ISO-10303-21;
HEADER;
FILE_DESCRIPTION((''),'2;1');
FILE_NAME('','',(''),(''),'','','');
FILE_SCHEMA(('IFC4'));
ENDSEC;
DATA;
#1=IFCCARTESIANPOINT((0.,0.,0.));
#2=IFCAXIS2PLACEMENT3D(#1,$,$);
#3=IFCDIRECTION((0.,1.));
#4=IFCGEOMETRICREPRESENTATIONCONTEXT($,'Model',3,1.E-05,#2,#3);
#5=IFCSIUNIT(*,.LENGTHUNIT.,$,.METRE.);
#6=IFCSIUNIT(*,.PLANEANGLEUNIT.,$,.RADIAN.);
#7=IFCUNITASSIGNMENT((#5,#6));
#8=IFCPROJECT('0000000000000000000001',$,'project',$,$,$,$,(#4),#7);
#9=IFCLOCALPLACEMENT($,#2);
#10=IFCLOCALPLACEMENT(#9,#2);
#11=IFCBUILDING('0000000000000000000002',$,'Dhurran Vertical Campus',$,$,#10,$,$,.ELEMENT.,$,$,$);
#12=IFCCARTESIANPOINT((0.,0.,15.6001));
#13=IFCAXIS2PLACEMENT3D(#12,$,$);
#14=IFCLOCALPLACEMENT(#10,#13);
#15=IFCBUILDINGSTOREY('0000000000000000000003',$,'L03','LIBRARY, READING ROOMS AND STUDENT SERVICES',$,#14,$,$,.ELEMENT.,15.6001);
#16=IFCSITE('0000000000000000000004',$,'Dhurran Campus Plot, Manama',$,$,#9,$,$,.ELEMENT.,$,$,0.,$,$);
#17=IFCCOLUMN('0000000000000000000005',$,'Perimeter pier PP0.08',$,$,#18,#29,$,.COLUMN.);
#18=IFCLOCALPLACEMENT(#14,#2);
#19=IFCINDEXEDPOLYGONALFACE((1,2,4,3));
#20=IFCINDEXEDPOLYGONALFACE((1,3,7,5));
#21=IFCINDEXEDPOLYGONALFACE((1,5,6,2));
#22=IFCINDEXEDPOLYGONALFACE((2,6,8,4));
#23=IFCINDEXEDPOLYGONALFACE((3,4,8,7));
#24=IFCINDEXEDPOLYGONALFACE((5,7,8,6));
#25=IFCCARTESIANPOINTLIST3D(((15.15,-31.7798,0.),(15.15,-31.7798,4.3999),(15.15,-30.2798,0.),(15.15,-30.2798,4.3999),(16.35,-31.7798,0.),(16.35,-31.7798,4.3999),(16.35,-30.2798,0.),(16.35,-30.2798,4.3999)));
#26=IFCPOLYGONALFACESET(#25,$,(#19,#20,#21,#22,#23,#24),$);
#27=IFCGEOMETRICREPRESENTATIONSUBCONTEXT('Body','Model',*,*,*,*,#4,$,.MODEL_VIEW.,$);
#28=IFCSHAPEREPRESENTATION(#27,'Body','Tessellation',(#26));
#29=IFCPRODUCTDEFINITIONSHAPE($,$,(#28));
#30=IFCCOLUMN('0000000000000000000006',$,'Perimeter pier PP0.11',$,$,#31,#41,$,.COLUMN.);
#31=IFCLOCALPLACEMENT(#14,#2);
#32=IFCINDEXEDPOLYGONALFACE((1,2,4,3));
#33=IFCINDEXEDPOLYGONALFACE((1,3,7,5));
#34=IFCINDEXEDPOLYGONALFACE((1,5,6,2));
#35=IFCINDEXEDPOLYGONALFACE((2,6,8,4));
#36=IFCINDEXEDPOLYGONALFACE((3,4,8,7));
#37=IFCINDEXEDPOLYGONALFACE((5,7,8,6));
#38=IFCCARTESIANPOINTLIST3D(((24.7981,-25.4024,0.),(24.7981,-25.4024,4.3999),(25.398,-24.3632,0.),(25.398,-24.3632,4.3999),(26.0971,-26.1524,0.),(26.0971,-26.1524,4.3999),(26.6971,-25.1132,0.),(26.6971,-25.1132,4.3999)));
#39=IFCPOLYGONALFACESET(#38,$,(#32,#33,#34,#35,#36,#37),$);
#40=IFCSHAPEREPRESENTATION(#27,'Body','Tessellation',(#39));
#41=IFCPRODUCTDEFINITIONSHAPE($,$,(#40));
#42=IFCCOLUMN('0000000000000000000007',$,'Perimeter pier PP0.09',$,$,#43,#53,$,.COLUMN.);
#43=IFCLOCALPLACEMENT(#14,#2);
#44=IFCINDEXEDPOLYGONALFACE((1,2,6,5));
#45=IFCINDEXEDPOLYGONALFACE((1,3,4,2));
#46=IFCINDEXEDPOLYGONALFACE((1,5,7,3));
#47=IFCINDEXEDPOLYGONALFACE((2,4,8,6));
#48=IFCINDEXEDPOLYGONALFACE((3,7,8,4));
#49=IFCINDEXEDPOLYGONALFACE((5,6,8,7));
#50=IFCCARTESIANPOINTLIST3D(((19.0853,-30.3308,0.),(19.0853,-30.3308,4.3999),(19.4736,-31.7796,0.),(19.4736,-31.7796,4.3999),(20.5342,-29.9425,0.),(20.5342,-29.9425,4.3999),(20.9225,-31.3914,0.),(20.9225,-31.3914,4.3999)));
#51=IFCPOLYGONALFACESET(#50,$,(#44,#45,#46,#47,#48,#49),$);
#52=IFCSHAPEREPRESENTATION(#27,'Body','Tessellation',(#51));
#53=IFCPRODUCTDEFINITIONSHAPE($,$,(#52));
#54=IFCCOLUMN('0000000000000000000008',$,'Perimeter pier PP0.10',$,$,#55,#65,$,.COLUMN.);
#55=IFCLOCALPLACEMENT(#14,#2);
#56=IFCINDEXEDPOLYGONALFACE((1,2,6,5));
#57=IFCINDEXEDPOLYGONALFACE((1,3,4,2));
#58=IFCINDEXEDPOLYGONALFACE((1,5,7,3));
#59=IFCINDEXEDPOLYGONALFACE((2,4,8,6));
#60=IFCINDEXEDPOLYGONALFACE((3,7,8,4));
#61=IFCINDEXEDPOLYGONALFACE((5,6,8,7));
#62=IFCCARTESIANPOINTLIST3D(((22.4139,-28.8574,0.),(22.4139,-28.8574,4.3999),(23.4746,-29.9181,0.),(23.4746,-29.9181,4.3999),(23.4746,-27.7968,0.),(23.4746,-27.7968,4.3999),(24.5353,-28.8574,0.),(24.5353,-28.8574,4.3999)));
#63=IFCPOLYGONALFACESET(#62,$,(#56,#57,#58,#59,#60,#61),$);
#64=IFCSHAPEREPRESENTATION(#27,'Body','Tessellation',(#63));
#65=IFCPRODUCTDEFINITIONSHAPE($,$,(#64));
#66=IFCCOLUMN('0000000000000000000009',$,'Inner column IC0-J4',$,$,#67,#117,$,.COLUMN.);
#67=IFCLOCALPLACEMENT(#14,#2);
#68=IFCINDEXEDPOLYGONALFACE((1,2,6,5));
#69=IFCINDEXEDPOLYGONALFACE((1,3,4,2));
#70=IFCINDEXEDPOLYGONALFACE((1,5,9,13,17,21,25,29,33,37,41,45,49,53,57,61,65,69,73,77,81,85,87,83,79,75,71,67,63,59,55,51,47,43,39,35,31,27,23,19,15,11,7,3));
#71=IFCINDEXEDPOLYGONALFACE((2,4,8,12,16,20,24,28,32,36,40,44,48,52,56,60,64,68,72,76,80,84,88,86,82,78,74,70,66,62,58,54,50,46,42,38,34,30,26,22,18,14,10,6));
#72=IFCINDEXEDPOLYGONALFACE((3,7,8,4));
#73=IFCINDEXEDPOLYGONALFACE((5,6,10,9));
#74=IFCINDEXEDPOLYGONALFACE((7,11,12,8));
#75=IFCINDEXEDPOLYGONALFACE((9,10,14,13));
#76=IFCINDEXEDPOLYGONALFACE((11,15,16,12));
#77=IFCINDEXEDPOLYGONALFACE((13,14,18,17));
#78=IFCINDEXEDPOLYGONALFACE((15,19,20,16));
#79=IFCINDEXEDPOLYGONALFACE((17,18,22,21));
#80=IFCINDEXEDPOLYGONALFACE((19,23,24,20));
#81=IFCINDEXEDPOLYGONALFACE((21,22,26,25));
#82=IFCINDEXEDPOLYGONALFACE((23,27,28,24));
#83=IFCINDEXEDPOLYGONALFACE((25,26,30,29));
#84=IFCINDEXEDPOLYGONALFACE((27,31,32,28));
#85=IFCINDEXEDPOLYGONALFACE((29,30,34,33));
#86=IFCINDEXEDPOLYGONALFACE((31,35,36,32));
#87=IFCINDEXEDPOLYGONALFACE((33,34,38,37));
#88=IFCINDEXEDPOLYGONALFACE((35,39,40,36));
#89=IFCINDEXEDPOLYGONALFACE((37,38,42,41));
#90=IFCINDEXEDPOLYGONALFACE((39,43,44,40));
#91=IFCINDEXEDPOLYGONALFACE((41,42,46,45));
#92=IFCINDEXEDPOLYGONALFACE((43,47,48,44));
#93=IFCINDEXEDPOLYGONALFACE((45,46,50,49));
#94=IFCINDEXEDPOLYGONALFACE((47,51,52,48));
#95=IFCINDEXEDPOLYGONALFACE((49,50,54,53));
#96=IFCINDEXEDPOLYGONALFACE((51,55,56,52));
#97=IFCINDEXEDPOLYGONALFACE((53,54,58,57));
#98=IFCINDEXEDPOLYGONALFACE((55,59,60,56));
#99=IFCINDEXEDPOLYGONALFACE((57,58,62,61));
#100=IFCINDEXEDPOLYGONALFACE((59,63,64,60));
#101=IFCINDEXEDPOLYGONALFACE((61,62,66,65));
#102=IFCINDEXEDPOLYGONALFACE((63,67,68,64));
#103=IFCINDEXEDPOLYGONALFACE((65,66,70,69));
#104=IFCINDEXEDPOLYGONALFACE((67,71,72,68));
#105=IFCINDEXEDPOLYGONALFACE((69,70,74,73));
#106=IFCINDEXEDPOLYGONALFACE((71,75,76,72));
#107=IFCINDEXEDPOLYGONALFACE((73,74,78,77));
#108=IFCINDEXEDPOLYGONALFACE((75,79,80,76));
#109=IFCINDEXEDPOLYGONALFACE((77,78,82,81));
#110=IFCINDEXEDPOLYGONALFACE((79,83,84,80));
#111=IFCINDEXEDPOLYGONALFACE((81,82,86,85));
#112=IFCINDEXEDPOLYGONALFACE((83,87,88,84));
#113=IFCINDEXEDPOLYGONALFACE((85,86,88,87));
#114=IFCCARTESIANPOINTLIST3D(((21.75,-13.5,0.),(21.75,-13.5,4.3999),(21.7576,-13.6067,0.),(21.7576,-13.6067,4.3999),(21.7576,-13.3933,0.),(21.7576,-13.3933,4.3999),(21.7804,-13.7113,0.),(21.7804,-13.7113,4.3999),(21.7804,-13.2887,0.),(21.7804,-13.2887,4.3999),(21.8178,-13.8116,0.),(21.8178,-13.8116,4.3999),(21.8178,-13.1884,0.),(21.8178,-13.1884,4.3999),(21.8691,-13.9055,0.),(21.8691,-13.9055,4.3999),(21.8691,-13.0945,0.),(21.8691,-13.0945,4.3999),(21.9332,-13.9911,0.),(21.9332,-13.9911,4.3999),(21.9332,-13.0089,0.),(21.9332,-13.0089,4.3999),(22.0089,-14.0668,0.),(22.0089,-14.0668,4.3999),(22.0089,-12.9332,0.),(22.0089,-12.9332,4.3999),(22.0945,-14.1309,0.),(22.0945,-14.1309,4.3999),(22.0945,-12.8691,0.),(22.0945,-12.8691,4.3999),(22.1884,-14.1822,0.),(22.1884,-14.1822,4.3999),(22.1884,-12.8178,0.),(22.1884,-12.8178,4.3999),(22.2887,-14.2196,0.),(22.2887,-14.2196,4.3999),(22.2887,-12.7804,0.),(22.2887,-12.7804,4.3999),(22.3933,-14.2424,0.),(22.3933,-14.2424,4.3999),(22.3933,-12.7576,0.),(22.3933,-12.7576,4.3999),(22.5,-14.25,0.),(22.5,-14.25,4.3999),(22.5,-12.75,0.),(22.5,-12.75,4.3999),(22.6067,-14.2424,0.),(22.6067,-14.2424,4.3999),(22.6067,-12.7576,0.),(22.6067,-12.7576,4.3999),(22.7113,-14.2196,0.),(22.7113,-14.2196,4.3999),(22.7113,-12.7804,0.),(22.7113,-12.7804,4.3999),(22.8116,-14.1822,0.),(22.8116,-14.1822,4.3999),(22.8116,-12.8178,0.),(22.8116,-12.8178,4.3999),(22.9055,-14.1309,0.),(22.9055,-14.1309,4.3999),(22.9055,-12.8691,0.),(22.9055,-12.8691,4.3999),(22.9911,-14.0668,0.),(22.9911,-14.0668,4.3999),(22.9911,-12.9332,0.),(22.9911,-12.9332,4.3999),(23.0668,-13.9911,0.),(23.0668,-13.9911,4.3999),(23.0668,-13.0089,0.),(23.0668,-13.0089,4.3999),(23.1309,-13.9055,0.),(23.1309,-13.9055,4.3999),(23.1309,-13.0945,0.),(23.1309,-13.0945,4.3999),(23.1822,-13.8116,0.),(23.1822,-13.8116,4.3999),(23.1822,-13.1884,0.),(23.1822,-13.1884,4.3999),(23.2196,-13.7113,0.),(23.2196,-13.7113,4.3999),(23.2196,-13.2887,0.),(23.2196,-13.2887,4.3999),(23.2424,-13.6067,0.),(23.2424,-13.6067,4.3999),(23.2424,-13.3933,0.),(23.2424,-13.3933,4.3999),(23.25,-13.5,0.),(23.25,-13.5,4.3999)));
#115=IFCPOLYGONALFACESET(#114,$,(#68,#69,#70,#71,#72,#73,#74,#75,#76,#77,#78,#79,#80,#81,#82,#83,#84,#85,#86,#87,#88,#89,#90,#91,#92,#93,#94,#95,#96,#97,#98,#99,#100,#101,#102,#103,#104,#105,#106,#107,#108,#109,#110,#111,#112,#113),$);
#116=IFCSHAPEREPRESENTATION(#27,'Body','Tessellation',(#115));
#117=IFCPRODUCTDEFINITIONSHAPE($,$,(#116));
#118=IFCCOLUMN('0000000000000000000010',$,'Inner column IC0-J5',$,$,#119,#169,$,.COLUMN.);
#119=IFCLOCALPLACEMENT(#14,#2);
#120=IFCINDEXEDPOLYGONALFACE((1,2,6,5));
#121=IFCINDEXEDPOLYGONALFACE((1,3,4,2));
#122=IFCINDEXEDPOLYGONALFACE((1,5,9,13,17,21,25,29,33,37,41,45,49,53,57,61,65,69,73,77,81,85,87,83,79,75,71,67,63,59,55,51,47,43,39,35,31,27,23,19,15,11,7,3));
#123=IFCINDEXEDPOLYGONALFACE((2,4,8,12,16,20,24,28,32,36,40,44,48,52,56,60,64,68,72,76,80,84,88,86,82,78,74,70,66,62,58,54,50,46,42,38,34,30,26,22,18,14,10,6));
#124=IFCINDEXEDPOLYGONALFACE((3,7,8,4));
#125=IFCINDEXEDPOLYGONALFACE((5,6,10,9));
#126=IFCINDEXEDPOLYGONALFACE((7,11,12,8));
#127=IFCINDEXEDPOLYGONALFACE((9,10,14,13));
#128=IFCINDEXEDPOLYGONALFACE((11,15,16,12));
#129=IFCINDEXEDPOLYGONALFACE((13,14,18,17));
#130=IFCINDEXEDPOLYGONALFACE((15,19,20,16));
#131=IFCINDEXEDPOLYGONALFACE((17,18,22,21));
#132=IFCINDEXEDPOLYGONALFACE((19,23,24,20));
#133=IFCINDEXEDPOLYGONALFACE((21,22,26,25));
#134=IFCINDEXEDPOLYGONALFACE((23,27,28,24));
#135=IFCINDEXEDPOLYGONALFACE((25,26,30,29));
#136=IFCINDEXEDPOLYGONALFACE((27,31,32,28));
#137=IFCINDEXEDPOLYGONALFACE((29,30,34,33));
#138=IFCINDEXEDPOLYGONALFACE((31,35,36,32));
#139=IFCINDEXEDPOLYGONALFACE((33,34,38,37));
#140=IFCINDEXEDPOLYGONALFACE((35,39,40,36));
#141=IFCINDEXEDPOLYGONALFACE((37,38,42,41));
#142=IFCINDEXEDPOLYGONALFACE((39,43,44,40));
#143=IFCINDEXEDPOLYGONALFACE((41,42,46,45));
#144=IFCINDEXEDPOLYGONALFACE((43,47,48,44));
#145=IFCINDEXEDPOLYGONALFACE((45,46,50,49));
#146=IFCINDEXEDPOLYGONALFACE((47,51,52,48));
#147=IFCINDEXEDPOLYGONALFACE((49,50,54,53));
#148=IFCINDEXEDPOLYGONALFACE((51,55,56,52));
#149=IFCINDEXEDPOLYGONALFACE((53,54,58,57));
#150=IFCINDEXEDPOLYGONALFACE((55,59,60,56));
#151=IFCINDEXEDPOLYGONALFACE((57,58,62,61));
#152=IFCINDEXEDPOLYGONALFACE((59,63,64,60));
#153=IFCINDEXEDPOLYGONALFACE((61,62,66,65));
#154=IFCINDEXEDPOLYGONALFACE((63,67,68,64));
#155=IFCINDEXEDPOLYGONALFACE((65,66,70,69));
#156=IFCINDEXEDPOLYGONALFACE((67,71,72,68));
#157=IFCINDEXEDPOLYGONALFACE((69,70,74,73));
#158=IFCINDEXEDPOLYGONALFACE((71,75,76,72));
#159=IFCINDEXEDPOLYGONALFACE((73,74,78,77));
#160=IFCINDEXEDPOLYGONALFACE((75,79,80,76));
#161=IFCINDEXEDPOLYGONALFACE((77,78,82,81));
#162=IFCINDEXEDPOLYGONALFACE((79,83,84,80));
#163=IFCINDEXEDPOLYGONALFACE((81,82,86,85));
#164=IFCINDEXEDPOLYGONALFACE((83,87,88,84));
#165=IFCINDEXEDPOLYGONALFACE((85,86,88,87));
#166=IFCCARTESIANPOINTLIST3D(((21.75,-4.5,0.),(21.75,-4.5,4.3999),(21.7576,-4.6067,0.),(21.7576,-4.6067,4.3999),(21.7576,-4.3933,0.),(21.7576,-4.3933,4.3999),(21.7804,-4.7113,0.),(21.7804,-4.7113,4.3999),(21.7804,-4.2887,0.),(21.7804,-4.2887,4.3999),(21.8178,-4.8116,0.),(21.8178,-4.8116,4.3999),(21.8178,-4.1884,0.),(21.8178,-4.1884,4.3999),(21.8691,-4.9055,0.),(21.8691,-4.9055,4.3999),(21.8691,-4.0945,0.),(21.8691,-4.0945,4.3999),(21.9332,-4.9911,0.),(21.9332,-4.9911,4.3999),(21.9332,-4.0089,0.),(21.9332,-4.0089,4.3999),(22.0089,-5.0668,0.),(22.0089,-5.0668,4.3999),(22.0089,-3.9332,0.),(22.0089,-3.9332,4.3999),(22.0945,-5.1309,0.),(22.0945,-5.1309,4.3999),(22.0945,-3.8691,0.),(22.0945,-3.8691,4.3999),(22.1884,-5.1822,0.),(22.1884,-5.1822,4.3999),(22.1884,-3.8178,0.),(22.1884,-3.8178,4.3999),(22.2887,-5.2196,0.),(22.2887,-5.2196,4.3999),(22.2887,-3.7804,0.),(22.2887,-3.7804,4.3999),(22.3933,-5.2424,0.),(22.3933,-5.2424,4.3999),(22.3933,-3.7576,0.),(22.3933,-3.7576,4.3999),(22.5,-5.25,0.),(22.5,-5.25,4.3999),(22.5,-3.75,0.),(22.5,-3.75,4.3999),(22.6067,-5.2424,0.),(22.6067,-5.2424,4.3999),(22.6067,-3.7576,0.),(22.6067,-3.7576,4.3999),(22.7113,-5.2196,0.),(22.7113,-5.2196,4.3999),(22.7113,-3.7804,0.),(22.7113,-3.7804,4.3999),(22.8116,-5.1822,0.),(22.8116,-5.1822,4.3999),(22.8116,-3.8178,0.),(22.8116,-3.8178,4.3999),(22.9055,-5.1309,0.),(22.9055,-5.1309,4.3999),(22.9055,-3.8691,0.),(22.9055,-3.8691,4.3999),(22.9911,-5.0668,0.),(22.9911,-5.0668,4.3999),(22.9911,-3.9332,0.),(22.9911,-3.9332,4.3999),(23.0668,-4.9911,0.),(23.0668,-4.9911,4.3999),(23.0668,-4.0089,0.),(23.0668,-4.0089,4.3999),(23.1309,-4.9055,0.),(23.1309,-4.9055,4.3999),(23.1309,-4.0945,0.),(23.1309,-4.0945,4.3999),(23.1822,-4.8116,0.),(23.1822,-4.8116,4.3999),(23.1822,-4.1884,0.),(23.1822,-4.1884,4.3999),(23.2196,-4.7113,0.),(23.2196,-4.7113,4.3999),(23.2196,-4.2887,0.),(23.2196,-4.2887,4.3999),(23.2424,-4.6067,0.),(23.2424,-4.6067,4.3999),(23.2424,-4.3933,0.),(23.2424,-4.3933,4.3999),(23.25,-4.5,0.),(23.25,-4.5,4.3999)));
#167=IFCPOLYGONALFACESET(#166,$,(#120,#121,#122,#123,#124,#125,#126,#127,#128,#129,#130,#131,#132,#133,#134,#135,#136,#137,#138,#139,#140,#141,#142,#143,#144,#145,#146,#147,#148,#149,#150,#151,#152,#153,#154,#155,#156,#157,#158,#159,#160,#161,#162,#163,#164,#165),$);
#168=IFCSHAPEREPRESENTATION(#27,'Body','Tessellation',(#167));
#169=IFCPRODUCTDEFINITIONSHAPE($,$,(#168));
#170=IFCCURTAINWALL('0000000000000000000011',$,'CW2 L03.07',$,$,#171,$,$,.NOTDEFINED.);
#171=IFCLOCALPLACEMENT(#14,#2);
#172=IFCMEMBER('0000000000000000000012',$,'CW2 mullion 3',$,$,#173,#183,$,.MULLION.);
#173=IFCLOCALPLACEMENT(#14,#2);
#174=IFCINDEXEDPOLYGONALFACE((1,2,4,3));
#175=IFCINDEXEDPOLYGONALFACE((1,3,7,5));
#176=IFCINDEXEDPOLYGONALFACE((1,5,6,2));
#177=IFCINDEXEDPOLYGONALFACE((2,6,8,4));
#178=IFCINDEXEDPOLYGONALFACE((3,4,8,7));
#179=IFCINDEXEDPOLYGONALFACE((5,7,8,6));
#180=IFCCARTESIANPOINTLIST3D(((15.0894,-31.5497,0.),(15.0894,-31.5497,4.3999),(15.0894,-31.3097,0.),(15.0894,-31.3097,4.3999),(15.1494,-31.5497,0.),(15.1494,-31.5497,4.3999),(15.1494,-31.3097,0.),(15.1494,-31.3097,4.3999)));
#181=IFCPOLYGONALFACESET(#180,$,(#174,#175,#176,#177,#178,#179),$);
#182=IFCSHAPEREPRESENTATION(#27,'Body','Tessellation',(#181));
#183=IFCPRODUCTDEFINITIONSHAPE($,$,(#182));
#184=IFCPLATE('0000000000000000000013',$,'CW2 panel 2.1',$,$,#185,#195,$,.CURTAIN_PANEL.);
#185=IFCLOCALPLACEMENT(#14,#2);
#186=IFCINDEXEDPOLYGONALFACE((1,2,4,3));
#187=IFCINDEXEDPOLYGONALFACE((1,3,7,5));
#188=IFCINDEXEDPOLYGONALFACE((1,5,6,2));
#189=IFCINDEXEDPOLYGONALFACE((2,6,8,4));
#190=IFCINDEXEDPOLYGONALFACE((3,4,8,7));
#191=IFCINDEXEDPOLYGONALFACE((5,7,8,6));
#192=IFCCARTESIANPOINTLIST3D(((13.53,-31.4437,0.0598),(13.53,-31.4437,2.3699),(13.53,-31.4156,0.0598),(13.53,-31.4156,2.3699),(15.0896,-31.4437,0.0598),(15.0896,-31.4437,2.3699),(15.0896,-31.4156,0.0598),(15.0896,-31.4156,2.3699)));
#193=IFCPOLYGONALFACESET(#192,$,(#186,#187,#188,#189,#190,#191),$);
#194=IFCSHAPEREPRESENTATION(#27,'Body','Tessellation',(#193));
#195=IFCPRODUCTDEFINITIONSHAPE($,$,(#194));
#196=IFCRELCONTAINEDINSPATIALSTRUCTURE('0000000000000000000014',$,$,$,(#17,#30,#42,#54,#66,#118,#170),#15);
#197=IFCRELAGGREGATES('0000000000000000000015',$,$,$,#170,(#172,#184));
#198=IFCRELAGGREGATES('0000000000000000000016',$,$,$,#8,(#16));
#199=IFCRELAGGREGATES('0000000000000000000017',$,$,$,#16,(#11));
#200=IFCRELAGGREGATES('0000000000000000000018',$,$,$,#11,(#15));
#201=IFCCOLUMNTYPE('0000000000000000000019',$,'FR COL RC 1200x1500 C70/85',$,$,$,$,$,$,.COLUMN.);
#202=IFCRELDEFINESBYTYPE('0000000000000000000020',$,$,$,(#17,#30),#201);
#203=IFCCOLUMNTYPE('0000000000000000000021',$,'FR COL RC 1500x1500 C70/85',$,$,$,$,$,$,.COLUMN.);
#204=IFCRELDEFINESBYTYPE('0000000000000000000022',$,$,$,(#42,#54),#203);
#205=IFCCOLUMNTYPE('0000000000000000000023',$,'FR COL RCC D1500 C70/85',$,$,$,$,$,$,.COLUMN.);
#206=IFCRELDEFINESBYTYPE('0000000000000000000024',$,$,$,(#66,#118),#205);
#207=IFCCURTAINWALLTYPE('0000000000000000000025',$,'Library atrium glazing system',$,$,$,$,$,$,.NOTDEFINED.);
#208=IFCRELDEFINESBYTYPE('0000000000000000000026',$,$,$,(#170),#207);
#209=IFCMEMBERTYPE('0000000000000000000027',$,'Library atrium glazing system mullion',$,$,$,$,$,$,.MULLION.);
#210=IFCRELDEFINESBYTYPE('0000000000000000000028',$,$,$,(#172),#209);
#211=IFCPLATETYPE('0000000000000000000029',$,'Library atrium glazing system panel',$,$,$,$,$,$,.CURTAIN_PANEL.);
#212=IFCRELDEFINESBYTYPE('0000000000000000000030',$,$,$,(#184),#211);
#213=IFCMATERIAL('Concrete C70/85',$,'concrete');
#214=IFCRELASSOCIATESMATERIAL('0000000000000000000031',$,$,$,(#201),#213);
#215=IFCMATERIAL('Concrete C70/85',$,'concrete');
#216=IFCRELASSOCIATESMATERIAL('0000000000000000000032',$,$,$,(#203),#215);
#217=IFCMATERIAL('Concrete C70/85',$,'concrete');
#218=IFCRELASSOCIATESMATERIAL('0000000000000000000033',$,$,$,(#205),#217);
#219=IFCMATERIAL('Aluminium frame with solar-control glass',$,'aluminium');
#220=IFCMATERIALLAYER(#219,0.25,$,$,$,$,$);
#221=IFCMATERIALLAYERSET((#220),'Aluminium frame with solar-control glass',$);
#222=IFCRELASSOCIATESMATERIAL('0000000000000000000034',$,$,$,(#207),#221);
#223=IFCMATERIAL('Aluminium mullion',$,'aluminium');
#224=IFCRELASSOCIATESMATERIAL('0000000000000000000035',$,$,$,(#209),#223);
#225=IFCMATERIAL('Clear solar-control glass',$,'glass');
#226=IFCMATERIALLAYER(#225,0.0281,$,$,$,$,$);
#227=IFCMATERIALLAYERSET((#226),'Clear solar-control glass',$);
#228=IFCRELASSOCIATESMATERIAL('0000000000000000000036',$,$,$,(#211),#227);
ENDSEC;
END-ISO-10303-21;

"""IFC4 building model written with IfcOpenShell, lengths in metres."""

from ifc_helpers import new_model, si_unit, direction, frame, origin, origin_2d, place, context, subcontext, project, spatial, rectangle, circle, extrude, material, layer, layer_set, material_profile, profile_set, type_object, element, aggregate, save


model = new_model("IFC4")

# Units and contexts
model_context = context("Model", 3, precision=1e-05, world=origin(), true_north=direction((0.0, 1.0)))
body_context = subcontext(model_context, "Body", "Model", "MODEL_VIEW")
ifc_project = project(units=[si_unit("LENGTHUNIT", "METRE"), si_unit("PLANEANGLEUNIT", "RADIAN")], contexts=[model_context])

# Site, building, storey
site_placement = place(None, origin())
site = spatial("IfcSite", under=ifc_project, at=site_placement, Name="Dhurran Campus Plot, Manama", CompositionType="ELEMENT", RefElevation=0.0)
building_placement = place(site_placement, origin())
building = spatial("IfcBuilding", under=site, at=building_placement, Name="Dhurran Vertical Campus", CompositionType="ELEMENT")
storey_placement = place(building_placement, frame((0.0, 0.0, 15.6001)))
storey = spatial("IfcBuildingStorey", under=building, at=storey_placement, Name="L03", Description="LIBRARY, READING ROOMS AND STUDENT SERVICES", CompositionType="ELEMENT", Elevation=15.6001)

# Columns
ifc_material_1 = material(Name="Concrete C70/85", Category="concrete")
ifc_material_profile_1 = material_profile(ifc_material_1, rectangle(XDim=1.2, YDim=1.5, at=origin_2d()), Name="RC 1200x1500")
ifc_profile_set_1 = profile_set([ifc_material_profile_1], Name="Concrete C70/85")
column_type_1 = type_object("IfcColumnType", Name="FR COL RC 1200x1500 C70/85", PredefinedType="COLUMN", material=ifc_profile_set_1)
for number, where, z_axis, x_axis, name in (
    (1, (15.75, -31.0298, 0.0), (0.0, 0.0, 1.0), (1.0, 0.0, 0.0), "Perimeter pier PP0.08"),
    (2, (25.7476, -25.2578, 0.0), (0.0, 0.0, 1.0), (0.5, 0.866025, 0.0), "Perimeter pier PP0.11"),
):
    element("IfcColumn", number, at=place(storey_placement, frame(where, z_axis=z_axis, x_axis=x_axis)), inside=storey, type_object=column_type_1, Name=name, PredefinedType="COLUMN", context=body_context, shape_type="SweptSolid", body=[
        extrude(rectangle(XDim=1.2, YDim=1.5, at=origin_2d()), origin(), (0.0, 0.0, 1.0), 4.3999),
    ])
ifc_material_2 = material(Name="Concrete C70/85", Category="concrete")
ifc_material_profile_2 = material_profile(ifc_material_2, rectangle(XDim=1.5, YDim=1.5, at=origin_2d()), Name="RC 1500x1500")
ifc_profile_set_2 = profile_set([ifc_material_profile_2], Name="Concrete C70/85")
column_type_2 = type_object("IfcColumnType", Name="FR COL RC 1500x1500 C70/85", PredefinedType="COLUMN", material=ifc_profile_set_2)
for number, where, z_axis, x_axis, name in (
    (3, (20.0039, -30.8611, 0.0), (0.0, 0.0, 1.0), (0.965926, 0.258819, 0.0), "Perimeter pier PP0.09"),
    (4, (23.4746, -28.8574, 0.0), (0.0, 0.0, 1.0), (0.707107, 0.707107, 0.0), "Perimeter pier PP0.10"),
):
    element("IfcColumn", number, at=place(storey_placement, frame(where, z_axis=z_axis, x_axis=x_axis)), inside=storey, type_object=column_type_2, Name=name, PredefinedType="COLUMN", context=body_context, shape_type="SweptSolid", body=[
        extrude(rectangle(XDim=1.5, YDim=1.5, at=origin_2d()), origin(), (0.0, 0.0, 1.0), 4.3999),
    ])
ifc_material_3 = material(Name="Concrete C70/85", Category="concrete")
ifc_material_profile_3 = material_profile(ifc_material_3, circle(Radius=0.75, at=origin_2d()), Name="RCC D1500")
ifc_profile_set_3 = profile_set([ifc_material_profile_3], Name="Concrete C70/85")
column_type_3 = type_object("IfcColumnType", Name="FR COL RCC D1500 C70/85", PredefinedType="COLUMN", material=ifc_profile_set_3)
for number, where, z_axis, x_axis, name in (
    (5, (22.5, -13.5, 0.0), (0.0, 0.0, 1.0), (1.0, 0.0, 0.0), "Inner column IC0-J4"),
    (6, (22.5, -4.5, 0.0), (0.0, 0.0, 1.0), (1.0, 0.0, 0.0), "Inner column IC0-J5"),
):
    element("IfcColumn", number, at=place(storey_placement, frame(where, z_axis=z_axis, x_axis=x_axis)), inside=storey, type_object=column_type_3, Name=name, PredefinedType="COLUMN", context=body_context, shape_type="SweptSolid", body=[
        extrude(circle(Radius=0.75, at=origin_2d()), origin(), (0.0, 0.0, 1.0), 4.3999),
    ])

# Curtain wall, member, plate
ifc_material_4 = material(Name="Aluminium frame with solar-control glass", Category="aluminium")
ifc_layer_1 = layer(ifc_material_4, 0.25)
ifc_layer_set_1 = layer_set([ifc_layer_1], Name="Aluminium frame with solar-control glass")
curtain_wall_type = type_object("IfcCurtainWallType", Name="Library atrium glazing system", PredefinedType="NOTDEFINED", material=ifc_layer_set_1)
curtain_wall_placement = place(storey_placement, origin())
curtain_wall = element("IfcCurtainWall", 7, at=curtain_wall_placement, inside=storey, type_object=curtain_wall_type, Name="CW2 L03.07", PredefinedType="NOTDEFINED")
ifc_material_5 = material(Name="Aluminium mullion", Category="aluminium")
ifc_material_profile_4 = material_profile(ifc_material_5, rectangle(XDim=0.24, YDim=0.0601, at=origin_2d()), Name="Library atrium glazing system mullion")
ifc_profile_set_4 = profile_set([ifc_material_profile_4], Name="Aluminium mullion")
member_type = type_object("IfcMemberType", Name="Library atrium glazing system mullion", PredefinedType="MULLION", material=ifc_profile_set_4)
member_placement = place(storey_placement, frame((15.1194, -31.4297, 0.0), z_axis=(0.0, 0.0, 1.0), x_axis=(0.0, 1.0, 0.0)))
member = element("IfcMember", 8, at=member_placement, type_object=member_type, Name="CW2 mullion 3", PredefinedType="MULLION", context=body_context, shape_type="SweptSolid", body=[
    extrude(rectangle(XDim=0.24, YDim=0.0601, at=origin_2d()), origin(), (0.0, 0.0, 1.0), 4.3999),
])
ifc_material_6 = material(Name="Clear solar-control glass", Category="glass")
ifc_layer_2 = layer(ifc_material_6, 0.0281)
ifc_layer_set_2 = layer_set([ifc_layer_2], Name="Clear solar-control glass")
plate_type = type_object("IfcPlateType", Name="Library atrium glazing system panel", PredefinedType="CURTAIN_PANEL", material=ifc_layer_set_2)
plate_1_placement = place(storey_placement, frame((14.3098, -31.4297, 0.0598), z_axis=(0.0, 0.0, 1.0), x_axis=(1.0, 0.0, 0.0)))
plate_1 = element("IfcPlate", 9, at=plate_1_placement, type_object=plate_type, Name="CW2 panel 2.1", PredefinedType="CURTAIN_PANEL", context=body_context, shape_type="SweptSolid", body=[
    extrude(rectangle(XDim=1.5596, YDim=0.0281, at=origin_2d()), origin(), (0.0, 0.0, 1.0), 2.3101),
])
aggregate(curtain_wall, [member, plate_1])

save(model, "model.ifc")
